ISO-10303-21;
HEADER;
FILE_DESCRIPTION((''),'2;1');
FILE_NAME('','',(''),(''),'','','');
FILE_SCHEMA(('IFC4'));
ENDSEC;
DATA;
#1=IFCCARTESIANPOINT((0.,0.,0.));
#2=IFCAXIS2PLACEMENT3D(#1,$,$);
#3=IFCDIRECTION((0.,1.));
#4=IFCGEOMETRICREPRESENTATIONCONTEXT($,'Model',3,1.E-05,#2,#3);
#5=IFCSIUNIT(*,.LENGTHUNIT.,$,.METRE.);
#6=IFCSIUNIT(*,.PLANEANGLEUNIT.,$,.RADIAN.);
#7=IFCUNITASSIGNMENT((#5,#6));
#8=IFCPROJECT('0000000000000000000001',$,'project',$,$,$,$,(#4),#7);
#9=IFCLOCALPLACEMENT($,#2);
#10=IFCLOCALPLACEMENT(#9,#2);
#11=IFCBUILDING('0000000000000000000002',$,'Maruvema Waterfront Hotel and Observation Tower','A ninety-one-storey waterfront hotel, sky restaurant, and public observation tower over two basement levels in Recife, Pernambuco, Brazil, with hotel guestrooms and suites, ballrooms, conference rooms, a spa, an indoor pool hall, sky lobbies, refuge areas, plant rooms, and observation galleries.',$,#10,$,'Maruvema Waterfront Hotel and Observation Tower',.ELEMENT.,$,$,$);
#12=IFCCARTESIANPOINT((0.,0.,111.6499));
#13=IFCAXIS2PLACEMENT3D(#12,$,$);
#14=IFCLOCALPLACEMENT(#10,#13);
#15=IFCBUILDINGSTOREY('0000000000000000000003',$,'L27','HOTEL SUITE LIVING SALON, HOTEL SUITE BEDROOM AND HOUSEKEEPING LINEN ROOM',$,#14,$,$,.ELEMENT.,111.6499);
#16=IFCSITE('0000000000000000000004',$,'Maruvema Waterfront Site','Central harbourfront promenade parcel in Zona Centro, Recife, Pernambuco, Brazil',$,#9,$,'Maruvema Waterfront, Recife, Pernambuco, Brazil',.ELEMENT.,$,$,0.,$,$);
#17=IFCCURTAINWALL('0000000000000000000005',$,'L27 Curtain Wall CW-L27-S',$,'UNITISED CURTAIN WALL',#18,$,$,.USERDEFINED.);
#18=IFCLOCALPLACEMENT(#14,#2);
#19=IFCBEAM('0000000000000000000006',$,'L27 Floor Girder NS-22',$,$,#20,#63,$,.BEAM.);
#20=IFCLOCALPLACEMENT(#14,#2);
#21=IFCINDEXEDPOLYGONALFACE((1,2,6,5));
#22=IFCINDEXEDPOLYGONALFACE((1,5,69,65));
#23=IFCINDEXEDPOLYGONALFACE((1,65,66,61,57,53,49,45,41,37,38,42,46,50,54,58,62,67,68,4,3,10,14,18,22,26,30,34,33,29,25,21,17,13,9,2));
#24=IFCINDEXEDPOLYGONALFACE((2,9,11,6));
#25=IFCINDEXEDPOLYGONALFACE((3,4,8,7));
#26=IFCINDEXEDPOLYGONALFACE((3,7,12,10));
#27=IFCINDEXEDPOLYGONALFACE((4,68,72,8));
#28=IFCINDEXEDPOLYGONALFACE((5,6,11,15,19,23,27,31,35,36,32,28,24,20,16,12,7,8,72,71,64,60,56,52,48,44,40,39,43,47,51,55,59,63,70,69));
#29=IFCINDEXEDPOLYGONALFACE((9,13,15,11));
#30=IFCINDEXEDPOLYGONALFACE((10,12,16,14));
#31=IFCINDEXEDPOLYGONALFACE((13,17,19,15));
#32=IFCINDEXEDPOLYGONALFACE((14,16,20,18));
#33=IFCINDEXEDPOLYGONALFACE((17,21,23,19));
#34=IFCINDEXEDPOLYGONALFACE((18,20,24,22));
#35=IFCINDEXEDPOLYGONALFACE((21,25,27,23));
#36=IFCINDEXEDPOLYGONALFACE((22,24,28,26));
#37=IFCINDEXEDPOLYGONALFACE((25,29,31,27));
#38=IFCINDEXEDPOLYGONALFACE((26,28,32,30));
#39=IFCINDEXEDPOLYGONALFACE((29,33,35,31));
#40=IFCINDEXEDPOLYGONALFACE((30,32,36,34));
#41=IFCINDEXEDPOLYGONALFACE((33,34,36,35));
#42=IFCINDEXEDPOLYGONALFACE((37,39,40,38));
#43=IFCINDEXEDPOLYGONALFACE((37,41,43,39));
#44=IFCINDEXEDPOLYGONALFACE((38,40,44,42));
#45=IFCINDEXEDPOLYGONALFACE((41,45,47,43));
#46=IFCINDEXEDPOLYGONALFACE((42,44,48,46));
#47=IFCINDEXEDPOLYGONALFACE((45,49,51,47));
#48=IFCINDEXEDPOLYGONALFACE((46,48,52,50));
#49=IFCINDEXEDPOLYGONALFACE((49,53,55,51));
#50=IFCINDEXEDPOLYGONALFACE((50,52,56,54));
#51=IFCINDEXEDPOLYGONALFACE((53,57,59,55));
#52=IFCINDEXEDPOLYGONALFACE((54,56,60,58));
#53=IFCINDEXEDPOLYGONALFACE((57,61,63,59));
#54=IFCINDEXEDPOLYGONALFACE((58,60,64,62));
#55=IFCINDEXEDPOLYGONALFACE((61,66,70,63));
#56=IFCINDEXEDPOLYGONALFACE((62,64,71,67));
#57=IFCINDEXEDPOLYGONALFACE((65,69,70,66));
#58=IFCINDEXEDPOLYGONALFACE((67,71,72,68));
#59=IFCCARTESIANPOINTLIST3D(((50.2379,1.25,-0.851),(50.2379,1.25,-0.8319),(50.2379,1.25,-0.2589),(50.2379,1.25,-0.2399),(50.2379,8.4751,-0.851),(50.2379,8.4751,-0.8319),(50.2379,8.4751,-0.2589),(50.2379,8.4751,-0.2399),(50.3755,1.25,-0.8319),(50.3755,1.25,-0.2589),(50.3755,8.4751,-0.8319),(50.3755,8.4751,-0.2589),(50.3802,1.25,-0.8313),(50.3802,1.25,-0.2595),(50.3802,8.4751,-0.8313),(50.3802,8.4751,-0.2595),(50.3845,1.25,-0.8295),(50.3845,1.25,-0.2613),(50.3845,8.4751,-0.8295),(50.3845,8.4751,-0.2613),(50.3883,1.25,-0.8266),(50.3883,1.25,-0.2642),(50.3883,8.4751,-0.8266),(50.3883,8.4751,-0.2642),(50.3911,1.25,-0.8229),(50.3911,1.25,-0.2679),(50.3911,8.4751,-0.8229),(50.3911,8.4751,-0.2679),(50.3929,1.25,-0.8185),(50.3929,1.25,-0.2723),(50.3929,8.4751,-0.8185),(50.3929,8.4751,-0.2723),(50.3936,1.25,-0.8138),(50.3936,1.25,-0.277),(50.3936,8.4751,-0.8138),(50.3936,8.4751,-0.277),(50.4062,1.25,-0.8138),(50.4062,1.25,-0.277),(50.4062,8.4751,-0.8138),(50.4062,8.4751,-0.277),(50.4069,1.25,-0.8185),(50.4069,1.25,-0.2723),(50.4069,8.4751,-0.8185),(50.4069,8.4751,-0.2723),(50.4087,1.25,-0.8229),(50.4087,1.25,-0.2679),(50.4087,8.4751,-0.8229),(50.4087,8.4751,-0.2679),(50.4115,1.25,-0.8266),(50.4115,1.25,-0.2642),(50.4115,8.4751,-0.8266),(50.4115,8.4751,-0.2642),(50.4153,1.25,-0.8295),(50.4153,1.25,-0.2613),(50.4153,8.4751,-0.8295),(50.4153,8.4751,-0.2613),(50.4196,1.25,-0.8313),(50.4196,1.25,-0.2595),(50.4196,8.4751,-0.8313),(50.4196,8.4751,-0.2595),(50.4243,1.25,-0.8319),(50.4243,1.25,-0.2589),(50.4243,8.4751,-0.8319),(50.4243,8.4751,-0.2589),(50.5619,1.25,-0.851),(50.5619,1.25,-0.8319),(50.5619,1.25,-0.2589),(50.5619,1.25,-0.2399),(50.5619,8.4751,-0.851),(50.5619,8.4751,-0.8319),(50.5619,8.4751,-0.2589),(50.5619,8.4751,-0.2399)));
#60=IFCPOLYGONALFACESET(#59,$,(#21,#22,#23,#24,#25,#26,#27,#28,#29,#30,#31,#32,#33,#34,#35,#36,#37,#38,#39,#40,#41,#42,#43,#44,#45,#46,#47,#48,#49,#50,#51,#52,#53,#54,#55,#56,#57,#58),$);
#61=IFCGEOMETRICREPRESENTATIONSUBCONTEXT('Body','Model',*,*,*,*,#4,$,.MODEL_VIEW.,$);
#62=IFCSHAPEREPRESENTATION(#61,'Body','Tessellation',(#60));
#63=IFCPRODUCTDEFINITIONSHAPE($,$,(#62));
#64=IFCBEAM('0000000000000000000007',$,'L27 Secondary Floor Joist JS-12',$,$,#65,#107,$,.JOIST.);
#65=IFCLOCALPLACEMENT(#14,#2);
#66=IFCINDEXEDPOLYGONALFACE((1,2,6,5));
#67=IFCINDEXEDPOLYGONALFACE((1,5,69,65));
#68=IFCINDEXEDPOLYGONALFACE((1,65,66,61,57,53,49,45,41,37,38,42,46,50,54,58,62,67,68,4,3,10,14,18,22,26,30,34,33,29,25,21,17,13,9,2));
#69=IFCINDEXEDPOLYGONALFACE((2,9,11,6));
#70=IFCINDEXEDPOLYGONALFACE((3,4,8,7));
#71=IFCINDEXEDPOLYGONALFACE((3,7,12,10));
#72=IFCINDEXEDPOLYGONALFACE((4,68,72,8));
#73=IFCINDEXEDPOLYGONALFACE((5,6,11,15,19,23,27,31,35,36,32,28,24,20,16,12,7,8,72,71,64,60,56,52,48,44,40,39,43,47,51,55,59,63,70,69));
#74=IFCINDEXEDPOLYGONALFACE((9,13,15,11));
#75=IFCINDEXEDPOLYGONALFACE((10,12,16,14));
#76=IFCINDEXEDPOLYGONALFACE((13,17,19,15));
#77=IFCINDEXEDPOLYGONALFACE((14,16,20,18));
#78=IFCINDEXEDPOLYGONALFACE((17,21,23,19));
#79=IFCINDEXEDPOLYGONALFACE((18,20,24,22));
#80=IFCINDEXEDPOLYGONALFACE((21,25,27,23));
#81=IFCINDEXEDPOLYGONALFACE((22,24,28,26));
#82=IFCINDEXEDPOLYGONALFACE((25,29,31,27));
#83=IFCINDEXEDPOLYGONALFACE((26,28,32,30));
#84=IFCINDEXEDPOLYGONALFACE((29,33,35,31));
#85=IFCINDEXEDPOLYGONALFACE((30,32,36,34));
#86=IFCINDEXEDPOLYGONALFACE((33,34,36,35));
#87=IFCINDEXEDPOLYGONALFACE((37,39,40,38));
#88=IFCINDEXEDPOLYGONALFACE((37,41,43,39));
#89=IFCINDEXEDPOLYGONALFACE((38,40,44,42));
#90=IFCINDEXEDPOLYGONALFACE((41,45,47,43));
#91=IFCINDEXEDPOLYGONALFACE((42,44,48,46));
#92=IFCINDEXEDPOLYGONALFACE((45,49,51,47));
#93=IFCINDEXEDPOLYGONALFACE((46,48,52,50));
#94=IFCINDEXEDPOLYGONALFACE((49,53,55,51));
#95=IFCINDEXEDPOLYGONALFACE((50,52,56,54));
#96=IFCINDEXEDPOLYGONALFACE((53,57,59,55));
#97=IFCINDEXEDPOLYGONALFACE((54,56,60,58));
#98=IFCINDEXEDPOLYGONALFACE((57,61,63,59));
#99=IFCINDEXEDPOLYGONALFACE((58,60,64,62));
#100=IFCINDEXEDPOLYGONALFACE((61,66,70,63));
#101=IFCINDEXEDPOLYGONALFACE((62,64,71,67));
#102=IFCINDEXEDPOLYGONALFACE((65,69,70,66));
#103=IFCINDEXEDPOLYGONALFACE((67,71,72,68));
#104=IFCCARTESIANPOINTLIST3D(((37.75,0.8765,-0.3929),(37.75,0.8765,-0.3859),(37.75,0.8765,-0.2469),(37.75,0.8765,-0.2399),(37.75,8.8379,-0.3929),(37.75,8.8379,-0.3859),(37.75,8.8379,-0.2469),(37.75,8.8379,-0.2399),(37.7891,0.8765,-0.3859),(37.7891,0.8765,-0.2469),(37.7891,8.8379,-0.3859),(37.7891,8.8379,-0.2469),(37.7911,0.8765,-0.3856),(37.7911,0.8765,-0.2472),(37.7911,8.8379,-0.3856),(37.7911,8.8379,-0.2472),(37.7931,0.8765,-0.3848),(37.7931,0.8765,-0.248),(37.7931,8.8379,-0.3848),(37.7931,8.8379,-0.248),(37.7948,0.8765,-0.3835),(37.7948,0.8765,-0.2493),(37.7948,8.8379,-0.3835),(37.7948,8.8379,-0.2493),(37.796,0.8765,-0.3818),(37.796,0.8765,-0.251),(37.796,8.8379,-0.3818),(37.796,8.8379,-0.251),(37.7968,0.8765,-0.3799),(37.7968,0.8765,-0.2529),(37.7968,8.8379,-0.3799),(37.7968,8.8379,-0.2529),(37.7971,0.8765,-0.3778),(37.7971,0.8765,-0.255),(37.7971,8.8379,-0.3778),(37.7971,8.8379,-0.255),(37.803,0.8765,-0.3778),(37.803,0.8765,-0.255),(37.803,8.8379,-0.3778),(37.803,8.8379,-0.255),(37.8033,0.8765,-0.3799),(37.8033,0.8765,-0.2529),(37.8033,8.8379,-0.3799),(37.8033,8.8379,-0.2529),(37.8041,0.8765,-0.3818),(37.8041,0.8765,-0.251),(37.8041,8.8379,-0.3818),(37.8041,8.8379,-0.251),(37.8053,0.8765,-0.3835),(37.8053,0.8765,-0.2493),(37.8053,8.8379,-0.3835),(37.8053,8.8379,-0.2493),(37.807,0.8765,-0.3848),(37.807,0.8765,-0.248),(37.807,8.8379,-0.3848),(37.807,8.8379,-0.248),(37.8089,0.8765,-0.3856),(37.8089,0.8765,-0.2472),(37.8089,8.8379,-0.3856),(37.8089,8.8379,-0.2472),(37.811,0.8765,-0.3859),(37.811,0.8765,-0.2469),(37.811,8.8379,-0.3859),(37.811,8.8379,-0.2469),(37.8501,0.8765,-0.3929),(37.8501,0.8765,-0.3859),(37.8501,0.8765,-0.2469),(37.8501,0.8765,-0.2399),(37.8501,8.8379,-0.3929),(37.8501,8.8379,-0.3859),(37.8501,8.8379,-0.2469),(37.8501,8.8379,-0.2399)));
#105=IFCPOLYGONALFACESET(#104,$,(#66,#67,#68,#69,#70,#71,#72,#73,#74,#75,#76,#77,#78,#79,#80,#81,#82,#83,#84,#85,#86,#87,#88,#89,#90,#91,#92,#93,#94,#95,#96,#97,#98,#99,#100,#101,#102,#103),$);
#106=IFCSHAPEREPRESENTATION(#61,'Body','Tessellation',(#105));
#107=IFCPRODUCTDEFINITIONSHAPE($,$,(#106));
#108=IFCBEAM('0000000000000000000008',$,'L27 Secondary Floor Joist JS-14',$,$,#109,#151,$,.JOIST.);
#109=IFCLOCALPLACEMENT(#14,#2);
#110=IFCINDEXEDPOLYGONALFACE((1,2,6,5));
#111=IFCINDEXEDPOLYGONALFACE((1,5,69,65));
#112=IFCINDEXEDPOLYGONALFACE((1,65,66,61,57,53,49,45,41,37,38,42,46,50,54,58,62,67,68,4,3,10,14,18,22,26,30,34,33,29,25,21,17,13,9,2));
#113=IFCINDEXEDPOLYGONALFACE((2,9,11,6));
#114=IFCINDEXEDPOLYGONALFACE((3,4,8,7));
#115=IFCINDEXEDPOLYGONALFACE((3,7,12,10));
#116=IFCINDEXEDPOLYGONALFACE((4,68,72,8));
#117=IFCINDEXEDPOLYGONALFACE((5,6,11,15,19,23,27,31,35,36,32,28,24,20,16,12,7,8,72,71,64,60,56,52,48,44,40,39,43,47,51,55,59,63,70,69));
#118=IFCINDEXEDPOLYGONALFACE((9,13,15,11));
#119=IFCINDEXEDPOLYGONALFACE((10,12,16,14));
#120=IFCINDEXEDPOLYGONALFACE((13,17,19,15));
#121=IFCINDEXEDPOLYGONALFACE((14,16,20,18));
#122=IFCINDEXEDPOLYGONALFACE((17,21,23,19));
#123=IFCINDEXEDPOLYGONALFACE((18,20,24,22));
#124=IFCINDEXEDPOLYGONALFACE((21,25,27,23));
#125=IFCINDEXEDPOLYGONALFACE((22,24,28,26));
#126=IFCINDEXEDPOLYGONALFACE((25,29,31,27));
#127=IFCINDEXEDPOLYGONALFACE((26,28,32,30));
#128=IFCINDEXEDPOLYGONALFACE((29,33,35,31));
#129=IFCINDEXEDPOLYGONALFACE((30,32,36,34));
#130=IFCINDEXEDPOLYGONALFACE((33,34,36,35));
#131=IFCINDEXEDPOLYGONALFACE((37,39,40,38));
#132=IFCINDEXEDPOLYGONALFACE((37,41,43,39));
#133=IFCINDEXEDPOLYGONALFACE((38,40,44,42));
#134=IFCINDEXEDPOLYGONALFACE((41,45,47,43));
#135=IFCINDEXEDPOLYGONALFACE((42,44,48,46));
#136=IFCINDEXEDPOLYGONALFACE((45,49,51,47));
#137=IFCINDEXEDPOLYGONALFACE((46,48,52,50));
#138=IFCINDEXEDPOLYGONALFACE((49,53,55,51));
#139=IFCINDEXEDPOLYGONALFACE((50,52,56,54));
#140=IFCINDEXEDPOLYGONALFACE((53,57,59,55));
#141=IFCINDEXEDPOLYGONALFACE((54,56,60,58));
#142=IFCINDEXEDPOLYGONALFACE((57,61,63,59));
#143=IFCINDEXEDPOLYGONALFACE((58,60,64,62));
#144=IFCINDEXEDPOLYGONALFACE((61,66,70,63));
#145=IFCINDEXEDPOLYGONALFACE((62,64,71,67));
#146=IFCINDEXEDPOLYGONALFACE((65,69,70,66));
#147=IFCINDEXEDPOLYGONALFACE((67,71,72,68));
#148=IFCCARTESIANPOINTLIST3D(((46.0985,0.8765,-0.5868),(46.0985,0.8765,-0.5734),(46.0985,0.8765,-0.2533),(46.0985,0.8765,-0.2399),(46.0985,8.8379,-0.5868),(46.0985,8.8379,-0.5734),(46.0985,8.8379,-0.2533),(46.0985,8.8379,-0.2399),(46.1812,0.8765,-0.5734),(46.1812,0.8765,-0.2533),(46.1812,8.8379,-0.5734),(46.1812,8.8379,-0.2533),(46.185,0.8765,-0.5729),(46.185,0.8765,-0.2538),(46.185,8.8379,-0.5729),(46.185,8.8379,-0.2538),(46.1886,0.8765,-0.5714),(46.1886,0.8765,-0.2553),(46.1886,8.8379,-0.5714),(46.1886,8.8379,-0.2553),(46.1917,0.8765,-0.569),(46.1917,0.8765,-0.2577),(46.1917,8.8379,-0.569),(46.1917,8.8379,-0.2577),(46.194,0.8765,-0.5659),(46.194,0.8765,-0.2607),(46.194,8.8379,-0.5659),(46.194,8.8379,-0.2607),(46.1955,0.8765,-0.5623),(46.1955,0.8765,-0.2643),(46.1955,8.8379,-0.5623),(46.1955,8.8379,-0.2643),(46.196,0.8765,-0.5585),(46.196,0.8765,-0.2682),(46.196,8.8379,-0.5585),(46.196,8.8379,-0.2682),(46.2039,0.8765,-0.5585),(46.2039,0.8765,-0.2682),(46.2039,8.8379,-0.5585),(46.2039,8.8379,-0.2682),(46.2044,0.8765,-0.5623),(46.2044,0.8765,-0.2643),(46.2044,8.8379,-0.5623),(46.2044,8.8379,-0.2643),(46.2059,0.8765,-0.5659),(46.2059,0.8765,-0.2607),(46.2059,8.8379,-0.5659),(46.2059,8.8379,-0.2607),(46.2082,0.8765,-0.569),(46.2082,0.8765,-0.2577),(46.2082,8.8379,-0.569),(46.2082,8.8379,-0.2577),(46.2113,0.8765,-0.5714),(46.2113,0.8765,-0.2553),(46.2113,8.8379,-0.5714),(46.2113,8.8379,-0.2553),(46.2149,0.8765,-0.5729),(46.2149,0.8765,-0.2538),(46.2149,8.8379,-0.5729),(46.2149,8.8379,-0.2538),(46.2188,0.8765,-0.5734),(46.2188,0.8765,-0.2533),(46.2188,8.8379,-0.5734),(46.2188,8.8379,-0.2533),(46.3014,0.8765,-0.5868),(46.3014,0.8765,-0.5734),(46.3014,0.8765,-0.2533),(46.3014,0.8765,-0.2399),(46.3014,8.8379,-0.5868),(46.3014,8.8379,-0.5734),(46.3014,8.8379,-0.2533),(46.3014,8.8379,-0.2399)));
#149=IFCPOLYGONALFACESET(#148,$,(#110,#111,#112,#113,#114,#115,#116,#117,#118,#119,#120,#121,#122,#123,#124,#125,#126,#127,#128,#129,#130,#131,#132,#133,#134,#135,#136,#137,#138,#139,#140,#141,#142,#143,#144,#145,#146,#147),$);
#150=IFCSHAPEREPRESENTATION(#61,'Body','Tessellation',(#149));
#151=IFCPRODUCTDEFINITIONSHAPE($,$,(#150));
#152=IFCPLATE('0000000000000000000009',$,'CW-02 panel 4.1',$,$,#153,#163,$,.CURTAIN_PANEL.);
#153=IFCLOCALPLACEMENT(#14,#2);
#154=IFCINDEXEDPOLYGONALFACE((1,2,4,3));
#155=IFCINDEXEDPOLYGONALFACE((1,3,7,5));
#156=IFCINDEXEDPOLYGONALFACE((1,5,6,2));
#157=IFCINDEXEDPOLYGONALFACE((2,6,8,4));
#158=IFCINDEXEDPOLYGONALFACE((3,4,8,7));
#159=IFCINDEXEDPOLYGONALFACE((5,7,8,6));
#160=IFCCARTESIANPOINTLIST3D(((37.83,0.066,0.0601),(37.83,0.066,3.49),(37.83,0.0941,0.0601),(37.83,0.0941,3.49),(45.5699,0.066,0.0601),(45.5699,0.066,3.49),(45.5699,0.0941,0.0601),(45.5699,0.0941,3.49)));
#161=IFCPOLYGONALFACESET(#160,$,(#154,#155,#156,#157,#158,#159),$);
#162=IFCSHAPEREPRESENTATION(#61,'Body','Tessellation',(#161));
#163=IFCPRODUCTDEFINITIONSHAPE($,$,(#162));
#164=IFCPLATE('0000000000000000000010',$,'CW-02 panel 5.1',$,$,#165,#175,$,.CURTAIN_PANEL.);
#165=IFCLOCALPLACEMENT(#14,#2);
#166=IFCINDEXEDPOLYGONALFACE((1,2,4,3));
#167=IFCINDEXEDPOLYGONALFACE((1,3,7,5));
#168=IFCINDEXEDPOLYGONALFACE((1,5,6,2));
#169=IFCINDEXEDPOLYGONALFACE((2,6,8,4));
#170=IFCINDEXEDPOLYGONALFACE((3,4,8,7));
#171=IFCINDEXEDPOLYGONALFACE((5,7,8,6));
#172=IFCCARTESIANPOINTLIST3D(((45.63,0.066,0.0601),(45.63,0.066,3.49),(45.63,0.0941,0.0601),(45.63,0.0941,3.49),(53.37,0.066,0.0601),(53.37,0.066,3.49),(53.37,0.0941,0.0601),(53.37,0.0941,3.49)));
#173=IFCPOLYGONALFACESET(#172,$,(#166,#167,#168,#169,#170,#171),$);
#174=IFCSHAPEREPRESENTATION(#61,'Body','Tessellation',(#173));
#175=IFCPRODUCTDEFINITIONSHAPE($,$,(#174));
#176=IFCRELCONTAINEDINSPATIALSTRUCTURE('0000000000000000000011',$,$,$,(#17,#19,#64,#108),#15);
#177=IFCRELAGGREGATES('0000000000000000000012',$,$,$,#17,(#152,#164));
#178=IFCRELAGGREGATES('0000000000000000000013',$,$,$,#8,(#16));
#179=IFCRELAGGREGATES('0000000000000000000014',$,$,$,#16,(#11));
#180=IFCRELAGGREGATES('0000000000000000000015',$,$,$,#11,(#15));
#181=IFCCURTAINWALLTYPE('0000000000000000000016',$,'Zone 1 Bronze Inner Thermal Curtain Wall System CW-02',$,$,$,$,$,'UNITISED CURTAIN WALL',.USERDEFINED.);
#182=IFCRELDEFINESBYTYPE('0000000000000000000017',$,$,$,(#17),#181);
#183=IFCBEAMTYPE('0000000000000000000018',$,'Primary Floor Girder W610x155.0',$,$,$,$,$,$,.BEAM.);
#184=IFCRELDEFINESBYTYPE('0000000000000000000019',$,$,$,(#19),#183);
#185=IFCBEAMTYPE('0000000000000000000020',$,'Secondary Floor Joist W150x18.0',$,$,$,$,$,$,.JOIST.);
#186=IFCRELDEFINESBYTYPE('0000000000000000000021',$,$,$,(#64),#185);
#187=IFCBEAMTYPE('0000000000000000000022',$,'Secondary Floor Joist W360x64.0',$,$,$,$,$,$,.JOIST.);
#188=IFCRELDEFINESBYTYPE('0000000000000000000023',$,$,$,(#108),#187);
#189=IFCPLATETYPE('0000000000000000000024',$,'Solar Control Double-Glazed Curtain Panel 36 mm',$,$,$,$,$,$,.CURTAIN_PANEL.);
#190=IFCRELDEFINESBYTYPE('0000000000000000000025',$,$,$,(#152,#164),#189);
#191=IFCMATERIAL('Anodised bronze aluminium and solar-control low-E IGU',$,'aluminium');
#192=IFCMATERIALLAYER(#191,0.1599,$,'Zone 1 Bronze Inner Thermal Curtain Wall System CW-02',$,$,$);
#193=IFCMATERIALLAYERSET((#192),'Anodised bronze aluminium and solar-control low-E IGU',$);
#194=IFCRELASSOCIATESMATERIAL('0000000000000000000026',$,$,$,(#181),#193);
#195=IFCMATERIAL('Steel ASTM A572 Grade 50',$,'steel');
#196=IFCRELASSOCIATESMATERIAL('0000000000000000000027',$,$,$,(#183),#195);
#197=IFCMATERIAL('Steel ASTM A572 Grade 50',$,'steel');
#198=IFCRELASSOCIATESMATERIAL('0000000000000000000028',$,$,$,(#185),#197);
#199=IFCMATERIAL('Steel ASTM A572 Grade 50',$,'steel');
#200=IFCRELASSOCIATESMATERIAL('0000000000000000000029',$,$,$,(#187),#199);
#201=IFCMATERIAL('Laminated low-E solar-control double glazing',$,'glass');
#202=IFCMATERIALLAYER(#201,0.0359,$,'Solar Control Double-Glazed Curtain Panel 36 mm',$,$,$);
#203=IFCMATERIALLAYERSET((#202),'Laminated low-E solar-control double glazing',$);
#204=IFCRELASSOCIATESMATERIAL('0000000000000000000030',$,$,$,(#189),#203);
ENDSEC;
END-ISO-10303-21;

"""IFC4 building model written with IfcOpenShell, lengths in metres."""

from ifc_helpers import new_model, si_unit, direction, frame, origin, origin_2d, place, context, subcontext, project, spatial, rectangle, i_section, extrude, material, layer, layer_set, material_profile, profile_set, type_object, element, aggregate, save


model = new_model("IFC4")

# Units and contexts
model_context = context("Model", 3, precision=1e-05, world=origin(), true_north=direction((0.0, 1.0)))
body_context = subcontext(model_context, "Body", "Model", "MODEL_VIEW")
ifc_project = project(units=[si_unit("LENGTHUNIT", "METRE"), si_unit("PLANEANGLEUNIT", "RADIAN")], contexts=[model_context])

# Site, building, storey
site_placement = place(None, origin())
site = spatial("IfcSite", under=ifc_project, at=site_placement, Name="Maruvema Waterfront Site", Description="Central harbourfront promenade parcel in Zona Centro, Recife, Pernambuco, Brazil", LongName="Maruvema Waterfront, Recife, Pernambuco, Brazil", CompositionType="ELEMENT", RefElevation=0.0)
building_placement = place(site_placement, origin())
building = spatial("IfcBuilding", under=site, at=building_placement, Name="Maruvema Waterfront Hotel and Observation Tower", Description="A ninety-one-storey waterfront hotel, sky restaurant, and public observation tower over two basement levels in Recife, Pernambuco, Brazil, with hotel guestrooms and suites, ballrooms, conference rooms, a spa, an indoor pool hall, sky lobbies, refuge areas, plant rooms, and observation galleries.", LongName="Maruvema Waterfront Hotel and Observation Tower", CompositionType="ELEMENT")
storey_placement = place(building_placement, frame((0.0, 0.0, 111.6499)))
storey = spatial("IfcBuildingStorey", under=building, at=storey_placement, Name="L27", Description="HOTEL SUITE LIVING SALON, HOTEL SUITE BEDROOM AND HOUSEKEEPING LINEN ROOM", CompositionType="ELEMENT", Elevation=111.6499)

# Curtain wall
ifc_material_1 = material(Name="Anodised bronze aluminium and solar-control low-E IGU", Category="aluminium")
ifc_layer_1 = layer(ifc_material_1, 0.1599, Name="Zone 1 Bronze Inner Thermal Curtain Wall System CW-02")
ifc_layer_set_1 = layer_set([ifc_layer_1], Name="Anodised bronze aluminium and solar-control low-E IGU")
curtain_wall_type = type_object("IfcCurtainWallType", Name="Zone 1 Bronze Inner Thermal Curtain Wall System CW-02", ElementType="UNITISED CURTAIN WALL", PredefinedType="USERDEFINED", material=ifc_layer_set_1)
curtain_wall_placement = place(storey_placement, origin())
curtain_wall = element("IfcCurtainWall", 1, at=curtain_wall_placement, inside=storey, type_object=curtain_wall_type, Name="L27 Curtain Wall CW-L27-S", ObjectType="UNITISED CURTAIN WALL", PredefinedType="USERDEFINED")

# Beams
ifc_material_2 = material(Name="Steel ASTM A572 Grade 50", Category="steel")
ifc_material_profile_1 = material_profile(ifc_material_2, i_section(OverallWidth=0.324, OverallDepth=0.6111, WebThickness=0.0127, FlangeThickness=0.019, FilletRadius=0.0181, at=origin_2d()), Name="W610x155.0")
ifc_profile_set_1 = profile_set([ifc_material_profile_1], Name="Steel ASTM A572 Grade 50")
beam_type_1 = type_object("IfcBeamType", Name="Primary Floor Girder W610x155.0", PredefinedType="BEAM", material=ifc_profile_set_1)
beam_1_placement = place(storey_placement, frame((50.3999, 1.25, -0.5454), z_axis=(0.0, 1.0, 0.0), x_axis=(-1.0, 0.0, 0.0)))
element("IfcBeam", 2, at=beam_1_placement, inside=storey, type_object=beam_type_1, Name="L27 Floor Girder NS-22", PredefinedType="BEAM", context=body_context, shape_type="SweptSolid", body=[
    extrude(i_section(OverallWidth=0.324, OverallDepth=0.6111, WebThickness=0.0127, FlangeThickness=0.019, FilletRadius=0.0181, at=origin_2d()), origin(), (0.0, 0.0, 1.0), 7.2251),
])
ifc_material_3 = material(Name="Steel ASTM A572 Grade 50", Category="steel")
ifc_material_profile_2 = material_profile(ifc_material_3, i_section(OverallWidth=0.1001, OverallDepth=0.1531, WebThickness=0.0059, FlangeThickness=0.0071, FilletRadius=0.0081, at=origin_2d()), Name="W150x18.0")
ifc_profile_set_2 = profile_set([ifc_material_profile_2], Name="Steel ASTM A572 Grade 50")
beam_type_2 = type_object("IfcBeamType", Name="Secondary Floor Joist W150x18.0", PredefinedType="JOIST", material=ifc_profile_set_2)
beam_2_placement = place(storey_placement, frame((37.8, 0.8765, -0.3164), z_axis=(0.0, 1.0, 0.0), x_axis=(-1.0, 0.0, 0.0)))
element("IfcBeam", 3, at=beam_2_placement, inside=storey, type_object=beam_type_2, Name="L27 Secondary Floor Joist JS-12", PredefinedType="JOIST", context=body_context, shape_type="SweptSolid", body=[
    extrude(i_section(OverallWidth=0.1001, OverallDepth=0.1531, WebThickness=0.0059, FlangeThickness=0.0071, FilletRadius=0.0081, at=origin_2d()), origin(), (0.0, 0.0, 1.0), 7.9614),
])
ifc_material_4 = material(Name="Steel ASTM A572 Grade 50", Category="steel")
ifc_material_profile_3 = material_profile(ifc_material_4, i_section(OverallWidth=0.2029, OverallDepth=0.3469, WebThickness=0.0078, FlangeThickness=0.0134, FilletRadius=0.0149, at=origin_2d()), Name="W360x64.0")
ifc_profile_set_3 = profile_set([ifc_material_profile_3], Name="Steel ASTM A572 Grade 50")
beam_type_3 = type_object("IfcBeamType", Name="Secondary Floor Joist W360x64.0", PredefinedType="JOIST", material=ifc_profile_set_3)
beam_3_placement = place(storey_placement, frame((46.2, 0.8765, -0.4133), z_axis=(0.0, 1.0, 0.0), x_axis=(-1.0, 0.0, 0.0)))
element("IfcBeam", 4, at=beam_3_placement, inside=storey, type_object=beam_type_3, Name="L27 Secondary Floor Joist JS-14", PredefinedType="JOIST", context=body_context, shape_type="SweptSolid", body=[
    extrude(i_section(OverallWidth=0.2029, OverallDepth=0.3469, WebThickness=0.0078, FlangeThickness=0.0134, FilletRadius=0.0149, at=origin_2d()), origin(), (0.0, 0.0, 1.0), 7.9614),
])

# Plates
ifc_material_5 = material(Name="Laminated low-E solar-control double glazing", Category="glass")
ifc_layer_2 = layer(ifc_material_5, 0.0359, Name="Solar Control Double-Glazed Curtain Panel 36 mm")
ifc_layer_set_2 = layer_set([ifc_layer_2], Name="Laminated low-E solar-control double glazing")
plate_type = type_object("IfcPlateType", Name="Solar Control Double-Glazed Curtain Panel 36 mm", PredefinedType="CURTAIN_PANEL", material=ifc_layer_set_2)
plate_1_placement = place(storey_placement, frame((41.7, 0.0801, 0.0601), z_axis=(0.0, 0.0, 1.0), x_axis=(1.0, 0.0, 0.0)))
plate_1 = element("IfcPlate", 5, at=plate_1_placement, type_object=plate_type, Name="CW-02 panel 4.1", PredefinedType="CURTAIN_PANEL", context=body_context, shape_type="SweptSolid", body=[
    extrude(rectangle(XDim=7.74, YDim=0.0281, at=origin_2d()), origin(), (0.0, 0.0, 1.0), 3.4299),
])
plate_2_placement = place(storey_placement, frame((49.5, 0.0801, 0.0601), z_axis=(0.0, 0.0, 1.0), x_axis=(1.0, 0.0, 0.0)))
plate_2 = element("IfcPlate", 6, at=plate_2_placement, type_object=plate_type, Name="CW-02 panel 5.1", PredefinedType="CURTAIN_PANEL", context=body_context, shape_type="SweptSolid", body=[
    extrude(rectangle(XDim=7.74, YDim=0.0281, at=origin_2d()), origin(), (0.0, 0.0, 1.0), 3.4299),
])
aggregate(curtain_wall, [plate_1, plate_2])

save(model, "model.ifc")
